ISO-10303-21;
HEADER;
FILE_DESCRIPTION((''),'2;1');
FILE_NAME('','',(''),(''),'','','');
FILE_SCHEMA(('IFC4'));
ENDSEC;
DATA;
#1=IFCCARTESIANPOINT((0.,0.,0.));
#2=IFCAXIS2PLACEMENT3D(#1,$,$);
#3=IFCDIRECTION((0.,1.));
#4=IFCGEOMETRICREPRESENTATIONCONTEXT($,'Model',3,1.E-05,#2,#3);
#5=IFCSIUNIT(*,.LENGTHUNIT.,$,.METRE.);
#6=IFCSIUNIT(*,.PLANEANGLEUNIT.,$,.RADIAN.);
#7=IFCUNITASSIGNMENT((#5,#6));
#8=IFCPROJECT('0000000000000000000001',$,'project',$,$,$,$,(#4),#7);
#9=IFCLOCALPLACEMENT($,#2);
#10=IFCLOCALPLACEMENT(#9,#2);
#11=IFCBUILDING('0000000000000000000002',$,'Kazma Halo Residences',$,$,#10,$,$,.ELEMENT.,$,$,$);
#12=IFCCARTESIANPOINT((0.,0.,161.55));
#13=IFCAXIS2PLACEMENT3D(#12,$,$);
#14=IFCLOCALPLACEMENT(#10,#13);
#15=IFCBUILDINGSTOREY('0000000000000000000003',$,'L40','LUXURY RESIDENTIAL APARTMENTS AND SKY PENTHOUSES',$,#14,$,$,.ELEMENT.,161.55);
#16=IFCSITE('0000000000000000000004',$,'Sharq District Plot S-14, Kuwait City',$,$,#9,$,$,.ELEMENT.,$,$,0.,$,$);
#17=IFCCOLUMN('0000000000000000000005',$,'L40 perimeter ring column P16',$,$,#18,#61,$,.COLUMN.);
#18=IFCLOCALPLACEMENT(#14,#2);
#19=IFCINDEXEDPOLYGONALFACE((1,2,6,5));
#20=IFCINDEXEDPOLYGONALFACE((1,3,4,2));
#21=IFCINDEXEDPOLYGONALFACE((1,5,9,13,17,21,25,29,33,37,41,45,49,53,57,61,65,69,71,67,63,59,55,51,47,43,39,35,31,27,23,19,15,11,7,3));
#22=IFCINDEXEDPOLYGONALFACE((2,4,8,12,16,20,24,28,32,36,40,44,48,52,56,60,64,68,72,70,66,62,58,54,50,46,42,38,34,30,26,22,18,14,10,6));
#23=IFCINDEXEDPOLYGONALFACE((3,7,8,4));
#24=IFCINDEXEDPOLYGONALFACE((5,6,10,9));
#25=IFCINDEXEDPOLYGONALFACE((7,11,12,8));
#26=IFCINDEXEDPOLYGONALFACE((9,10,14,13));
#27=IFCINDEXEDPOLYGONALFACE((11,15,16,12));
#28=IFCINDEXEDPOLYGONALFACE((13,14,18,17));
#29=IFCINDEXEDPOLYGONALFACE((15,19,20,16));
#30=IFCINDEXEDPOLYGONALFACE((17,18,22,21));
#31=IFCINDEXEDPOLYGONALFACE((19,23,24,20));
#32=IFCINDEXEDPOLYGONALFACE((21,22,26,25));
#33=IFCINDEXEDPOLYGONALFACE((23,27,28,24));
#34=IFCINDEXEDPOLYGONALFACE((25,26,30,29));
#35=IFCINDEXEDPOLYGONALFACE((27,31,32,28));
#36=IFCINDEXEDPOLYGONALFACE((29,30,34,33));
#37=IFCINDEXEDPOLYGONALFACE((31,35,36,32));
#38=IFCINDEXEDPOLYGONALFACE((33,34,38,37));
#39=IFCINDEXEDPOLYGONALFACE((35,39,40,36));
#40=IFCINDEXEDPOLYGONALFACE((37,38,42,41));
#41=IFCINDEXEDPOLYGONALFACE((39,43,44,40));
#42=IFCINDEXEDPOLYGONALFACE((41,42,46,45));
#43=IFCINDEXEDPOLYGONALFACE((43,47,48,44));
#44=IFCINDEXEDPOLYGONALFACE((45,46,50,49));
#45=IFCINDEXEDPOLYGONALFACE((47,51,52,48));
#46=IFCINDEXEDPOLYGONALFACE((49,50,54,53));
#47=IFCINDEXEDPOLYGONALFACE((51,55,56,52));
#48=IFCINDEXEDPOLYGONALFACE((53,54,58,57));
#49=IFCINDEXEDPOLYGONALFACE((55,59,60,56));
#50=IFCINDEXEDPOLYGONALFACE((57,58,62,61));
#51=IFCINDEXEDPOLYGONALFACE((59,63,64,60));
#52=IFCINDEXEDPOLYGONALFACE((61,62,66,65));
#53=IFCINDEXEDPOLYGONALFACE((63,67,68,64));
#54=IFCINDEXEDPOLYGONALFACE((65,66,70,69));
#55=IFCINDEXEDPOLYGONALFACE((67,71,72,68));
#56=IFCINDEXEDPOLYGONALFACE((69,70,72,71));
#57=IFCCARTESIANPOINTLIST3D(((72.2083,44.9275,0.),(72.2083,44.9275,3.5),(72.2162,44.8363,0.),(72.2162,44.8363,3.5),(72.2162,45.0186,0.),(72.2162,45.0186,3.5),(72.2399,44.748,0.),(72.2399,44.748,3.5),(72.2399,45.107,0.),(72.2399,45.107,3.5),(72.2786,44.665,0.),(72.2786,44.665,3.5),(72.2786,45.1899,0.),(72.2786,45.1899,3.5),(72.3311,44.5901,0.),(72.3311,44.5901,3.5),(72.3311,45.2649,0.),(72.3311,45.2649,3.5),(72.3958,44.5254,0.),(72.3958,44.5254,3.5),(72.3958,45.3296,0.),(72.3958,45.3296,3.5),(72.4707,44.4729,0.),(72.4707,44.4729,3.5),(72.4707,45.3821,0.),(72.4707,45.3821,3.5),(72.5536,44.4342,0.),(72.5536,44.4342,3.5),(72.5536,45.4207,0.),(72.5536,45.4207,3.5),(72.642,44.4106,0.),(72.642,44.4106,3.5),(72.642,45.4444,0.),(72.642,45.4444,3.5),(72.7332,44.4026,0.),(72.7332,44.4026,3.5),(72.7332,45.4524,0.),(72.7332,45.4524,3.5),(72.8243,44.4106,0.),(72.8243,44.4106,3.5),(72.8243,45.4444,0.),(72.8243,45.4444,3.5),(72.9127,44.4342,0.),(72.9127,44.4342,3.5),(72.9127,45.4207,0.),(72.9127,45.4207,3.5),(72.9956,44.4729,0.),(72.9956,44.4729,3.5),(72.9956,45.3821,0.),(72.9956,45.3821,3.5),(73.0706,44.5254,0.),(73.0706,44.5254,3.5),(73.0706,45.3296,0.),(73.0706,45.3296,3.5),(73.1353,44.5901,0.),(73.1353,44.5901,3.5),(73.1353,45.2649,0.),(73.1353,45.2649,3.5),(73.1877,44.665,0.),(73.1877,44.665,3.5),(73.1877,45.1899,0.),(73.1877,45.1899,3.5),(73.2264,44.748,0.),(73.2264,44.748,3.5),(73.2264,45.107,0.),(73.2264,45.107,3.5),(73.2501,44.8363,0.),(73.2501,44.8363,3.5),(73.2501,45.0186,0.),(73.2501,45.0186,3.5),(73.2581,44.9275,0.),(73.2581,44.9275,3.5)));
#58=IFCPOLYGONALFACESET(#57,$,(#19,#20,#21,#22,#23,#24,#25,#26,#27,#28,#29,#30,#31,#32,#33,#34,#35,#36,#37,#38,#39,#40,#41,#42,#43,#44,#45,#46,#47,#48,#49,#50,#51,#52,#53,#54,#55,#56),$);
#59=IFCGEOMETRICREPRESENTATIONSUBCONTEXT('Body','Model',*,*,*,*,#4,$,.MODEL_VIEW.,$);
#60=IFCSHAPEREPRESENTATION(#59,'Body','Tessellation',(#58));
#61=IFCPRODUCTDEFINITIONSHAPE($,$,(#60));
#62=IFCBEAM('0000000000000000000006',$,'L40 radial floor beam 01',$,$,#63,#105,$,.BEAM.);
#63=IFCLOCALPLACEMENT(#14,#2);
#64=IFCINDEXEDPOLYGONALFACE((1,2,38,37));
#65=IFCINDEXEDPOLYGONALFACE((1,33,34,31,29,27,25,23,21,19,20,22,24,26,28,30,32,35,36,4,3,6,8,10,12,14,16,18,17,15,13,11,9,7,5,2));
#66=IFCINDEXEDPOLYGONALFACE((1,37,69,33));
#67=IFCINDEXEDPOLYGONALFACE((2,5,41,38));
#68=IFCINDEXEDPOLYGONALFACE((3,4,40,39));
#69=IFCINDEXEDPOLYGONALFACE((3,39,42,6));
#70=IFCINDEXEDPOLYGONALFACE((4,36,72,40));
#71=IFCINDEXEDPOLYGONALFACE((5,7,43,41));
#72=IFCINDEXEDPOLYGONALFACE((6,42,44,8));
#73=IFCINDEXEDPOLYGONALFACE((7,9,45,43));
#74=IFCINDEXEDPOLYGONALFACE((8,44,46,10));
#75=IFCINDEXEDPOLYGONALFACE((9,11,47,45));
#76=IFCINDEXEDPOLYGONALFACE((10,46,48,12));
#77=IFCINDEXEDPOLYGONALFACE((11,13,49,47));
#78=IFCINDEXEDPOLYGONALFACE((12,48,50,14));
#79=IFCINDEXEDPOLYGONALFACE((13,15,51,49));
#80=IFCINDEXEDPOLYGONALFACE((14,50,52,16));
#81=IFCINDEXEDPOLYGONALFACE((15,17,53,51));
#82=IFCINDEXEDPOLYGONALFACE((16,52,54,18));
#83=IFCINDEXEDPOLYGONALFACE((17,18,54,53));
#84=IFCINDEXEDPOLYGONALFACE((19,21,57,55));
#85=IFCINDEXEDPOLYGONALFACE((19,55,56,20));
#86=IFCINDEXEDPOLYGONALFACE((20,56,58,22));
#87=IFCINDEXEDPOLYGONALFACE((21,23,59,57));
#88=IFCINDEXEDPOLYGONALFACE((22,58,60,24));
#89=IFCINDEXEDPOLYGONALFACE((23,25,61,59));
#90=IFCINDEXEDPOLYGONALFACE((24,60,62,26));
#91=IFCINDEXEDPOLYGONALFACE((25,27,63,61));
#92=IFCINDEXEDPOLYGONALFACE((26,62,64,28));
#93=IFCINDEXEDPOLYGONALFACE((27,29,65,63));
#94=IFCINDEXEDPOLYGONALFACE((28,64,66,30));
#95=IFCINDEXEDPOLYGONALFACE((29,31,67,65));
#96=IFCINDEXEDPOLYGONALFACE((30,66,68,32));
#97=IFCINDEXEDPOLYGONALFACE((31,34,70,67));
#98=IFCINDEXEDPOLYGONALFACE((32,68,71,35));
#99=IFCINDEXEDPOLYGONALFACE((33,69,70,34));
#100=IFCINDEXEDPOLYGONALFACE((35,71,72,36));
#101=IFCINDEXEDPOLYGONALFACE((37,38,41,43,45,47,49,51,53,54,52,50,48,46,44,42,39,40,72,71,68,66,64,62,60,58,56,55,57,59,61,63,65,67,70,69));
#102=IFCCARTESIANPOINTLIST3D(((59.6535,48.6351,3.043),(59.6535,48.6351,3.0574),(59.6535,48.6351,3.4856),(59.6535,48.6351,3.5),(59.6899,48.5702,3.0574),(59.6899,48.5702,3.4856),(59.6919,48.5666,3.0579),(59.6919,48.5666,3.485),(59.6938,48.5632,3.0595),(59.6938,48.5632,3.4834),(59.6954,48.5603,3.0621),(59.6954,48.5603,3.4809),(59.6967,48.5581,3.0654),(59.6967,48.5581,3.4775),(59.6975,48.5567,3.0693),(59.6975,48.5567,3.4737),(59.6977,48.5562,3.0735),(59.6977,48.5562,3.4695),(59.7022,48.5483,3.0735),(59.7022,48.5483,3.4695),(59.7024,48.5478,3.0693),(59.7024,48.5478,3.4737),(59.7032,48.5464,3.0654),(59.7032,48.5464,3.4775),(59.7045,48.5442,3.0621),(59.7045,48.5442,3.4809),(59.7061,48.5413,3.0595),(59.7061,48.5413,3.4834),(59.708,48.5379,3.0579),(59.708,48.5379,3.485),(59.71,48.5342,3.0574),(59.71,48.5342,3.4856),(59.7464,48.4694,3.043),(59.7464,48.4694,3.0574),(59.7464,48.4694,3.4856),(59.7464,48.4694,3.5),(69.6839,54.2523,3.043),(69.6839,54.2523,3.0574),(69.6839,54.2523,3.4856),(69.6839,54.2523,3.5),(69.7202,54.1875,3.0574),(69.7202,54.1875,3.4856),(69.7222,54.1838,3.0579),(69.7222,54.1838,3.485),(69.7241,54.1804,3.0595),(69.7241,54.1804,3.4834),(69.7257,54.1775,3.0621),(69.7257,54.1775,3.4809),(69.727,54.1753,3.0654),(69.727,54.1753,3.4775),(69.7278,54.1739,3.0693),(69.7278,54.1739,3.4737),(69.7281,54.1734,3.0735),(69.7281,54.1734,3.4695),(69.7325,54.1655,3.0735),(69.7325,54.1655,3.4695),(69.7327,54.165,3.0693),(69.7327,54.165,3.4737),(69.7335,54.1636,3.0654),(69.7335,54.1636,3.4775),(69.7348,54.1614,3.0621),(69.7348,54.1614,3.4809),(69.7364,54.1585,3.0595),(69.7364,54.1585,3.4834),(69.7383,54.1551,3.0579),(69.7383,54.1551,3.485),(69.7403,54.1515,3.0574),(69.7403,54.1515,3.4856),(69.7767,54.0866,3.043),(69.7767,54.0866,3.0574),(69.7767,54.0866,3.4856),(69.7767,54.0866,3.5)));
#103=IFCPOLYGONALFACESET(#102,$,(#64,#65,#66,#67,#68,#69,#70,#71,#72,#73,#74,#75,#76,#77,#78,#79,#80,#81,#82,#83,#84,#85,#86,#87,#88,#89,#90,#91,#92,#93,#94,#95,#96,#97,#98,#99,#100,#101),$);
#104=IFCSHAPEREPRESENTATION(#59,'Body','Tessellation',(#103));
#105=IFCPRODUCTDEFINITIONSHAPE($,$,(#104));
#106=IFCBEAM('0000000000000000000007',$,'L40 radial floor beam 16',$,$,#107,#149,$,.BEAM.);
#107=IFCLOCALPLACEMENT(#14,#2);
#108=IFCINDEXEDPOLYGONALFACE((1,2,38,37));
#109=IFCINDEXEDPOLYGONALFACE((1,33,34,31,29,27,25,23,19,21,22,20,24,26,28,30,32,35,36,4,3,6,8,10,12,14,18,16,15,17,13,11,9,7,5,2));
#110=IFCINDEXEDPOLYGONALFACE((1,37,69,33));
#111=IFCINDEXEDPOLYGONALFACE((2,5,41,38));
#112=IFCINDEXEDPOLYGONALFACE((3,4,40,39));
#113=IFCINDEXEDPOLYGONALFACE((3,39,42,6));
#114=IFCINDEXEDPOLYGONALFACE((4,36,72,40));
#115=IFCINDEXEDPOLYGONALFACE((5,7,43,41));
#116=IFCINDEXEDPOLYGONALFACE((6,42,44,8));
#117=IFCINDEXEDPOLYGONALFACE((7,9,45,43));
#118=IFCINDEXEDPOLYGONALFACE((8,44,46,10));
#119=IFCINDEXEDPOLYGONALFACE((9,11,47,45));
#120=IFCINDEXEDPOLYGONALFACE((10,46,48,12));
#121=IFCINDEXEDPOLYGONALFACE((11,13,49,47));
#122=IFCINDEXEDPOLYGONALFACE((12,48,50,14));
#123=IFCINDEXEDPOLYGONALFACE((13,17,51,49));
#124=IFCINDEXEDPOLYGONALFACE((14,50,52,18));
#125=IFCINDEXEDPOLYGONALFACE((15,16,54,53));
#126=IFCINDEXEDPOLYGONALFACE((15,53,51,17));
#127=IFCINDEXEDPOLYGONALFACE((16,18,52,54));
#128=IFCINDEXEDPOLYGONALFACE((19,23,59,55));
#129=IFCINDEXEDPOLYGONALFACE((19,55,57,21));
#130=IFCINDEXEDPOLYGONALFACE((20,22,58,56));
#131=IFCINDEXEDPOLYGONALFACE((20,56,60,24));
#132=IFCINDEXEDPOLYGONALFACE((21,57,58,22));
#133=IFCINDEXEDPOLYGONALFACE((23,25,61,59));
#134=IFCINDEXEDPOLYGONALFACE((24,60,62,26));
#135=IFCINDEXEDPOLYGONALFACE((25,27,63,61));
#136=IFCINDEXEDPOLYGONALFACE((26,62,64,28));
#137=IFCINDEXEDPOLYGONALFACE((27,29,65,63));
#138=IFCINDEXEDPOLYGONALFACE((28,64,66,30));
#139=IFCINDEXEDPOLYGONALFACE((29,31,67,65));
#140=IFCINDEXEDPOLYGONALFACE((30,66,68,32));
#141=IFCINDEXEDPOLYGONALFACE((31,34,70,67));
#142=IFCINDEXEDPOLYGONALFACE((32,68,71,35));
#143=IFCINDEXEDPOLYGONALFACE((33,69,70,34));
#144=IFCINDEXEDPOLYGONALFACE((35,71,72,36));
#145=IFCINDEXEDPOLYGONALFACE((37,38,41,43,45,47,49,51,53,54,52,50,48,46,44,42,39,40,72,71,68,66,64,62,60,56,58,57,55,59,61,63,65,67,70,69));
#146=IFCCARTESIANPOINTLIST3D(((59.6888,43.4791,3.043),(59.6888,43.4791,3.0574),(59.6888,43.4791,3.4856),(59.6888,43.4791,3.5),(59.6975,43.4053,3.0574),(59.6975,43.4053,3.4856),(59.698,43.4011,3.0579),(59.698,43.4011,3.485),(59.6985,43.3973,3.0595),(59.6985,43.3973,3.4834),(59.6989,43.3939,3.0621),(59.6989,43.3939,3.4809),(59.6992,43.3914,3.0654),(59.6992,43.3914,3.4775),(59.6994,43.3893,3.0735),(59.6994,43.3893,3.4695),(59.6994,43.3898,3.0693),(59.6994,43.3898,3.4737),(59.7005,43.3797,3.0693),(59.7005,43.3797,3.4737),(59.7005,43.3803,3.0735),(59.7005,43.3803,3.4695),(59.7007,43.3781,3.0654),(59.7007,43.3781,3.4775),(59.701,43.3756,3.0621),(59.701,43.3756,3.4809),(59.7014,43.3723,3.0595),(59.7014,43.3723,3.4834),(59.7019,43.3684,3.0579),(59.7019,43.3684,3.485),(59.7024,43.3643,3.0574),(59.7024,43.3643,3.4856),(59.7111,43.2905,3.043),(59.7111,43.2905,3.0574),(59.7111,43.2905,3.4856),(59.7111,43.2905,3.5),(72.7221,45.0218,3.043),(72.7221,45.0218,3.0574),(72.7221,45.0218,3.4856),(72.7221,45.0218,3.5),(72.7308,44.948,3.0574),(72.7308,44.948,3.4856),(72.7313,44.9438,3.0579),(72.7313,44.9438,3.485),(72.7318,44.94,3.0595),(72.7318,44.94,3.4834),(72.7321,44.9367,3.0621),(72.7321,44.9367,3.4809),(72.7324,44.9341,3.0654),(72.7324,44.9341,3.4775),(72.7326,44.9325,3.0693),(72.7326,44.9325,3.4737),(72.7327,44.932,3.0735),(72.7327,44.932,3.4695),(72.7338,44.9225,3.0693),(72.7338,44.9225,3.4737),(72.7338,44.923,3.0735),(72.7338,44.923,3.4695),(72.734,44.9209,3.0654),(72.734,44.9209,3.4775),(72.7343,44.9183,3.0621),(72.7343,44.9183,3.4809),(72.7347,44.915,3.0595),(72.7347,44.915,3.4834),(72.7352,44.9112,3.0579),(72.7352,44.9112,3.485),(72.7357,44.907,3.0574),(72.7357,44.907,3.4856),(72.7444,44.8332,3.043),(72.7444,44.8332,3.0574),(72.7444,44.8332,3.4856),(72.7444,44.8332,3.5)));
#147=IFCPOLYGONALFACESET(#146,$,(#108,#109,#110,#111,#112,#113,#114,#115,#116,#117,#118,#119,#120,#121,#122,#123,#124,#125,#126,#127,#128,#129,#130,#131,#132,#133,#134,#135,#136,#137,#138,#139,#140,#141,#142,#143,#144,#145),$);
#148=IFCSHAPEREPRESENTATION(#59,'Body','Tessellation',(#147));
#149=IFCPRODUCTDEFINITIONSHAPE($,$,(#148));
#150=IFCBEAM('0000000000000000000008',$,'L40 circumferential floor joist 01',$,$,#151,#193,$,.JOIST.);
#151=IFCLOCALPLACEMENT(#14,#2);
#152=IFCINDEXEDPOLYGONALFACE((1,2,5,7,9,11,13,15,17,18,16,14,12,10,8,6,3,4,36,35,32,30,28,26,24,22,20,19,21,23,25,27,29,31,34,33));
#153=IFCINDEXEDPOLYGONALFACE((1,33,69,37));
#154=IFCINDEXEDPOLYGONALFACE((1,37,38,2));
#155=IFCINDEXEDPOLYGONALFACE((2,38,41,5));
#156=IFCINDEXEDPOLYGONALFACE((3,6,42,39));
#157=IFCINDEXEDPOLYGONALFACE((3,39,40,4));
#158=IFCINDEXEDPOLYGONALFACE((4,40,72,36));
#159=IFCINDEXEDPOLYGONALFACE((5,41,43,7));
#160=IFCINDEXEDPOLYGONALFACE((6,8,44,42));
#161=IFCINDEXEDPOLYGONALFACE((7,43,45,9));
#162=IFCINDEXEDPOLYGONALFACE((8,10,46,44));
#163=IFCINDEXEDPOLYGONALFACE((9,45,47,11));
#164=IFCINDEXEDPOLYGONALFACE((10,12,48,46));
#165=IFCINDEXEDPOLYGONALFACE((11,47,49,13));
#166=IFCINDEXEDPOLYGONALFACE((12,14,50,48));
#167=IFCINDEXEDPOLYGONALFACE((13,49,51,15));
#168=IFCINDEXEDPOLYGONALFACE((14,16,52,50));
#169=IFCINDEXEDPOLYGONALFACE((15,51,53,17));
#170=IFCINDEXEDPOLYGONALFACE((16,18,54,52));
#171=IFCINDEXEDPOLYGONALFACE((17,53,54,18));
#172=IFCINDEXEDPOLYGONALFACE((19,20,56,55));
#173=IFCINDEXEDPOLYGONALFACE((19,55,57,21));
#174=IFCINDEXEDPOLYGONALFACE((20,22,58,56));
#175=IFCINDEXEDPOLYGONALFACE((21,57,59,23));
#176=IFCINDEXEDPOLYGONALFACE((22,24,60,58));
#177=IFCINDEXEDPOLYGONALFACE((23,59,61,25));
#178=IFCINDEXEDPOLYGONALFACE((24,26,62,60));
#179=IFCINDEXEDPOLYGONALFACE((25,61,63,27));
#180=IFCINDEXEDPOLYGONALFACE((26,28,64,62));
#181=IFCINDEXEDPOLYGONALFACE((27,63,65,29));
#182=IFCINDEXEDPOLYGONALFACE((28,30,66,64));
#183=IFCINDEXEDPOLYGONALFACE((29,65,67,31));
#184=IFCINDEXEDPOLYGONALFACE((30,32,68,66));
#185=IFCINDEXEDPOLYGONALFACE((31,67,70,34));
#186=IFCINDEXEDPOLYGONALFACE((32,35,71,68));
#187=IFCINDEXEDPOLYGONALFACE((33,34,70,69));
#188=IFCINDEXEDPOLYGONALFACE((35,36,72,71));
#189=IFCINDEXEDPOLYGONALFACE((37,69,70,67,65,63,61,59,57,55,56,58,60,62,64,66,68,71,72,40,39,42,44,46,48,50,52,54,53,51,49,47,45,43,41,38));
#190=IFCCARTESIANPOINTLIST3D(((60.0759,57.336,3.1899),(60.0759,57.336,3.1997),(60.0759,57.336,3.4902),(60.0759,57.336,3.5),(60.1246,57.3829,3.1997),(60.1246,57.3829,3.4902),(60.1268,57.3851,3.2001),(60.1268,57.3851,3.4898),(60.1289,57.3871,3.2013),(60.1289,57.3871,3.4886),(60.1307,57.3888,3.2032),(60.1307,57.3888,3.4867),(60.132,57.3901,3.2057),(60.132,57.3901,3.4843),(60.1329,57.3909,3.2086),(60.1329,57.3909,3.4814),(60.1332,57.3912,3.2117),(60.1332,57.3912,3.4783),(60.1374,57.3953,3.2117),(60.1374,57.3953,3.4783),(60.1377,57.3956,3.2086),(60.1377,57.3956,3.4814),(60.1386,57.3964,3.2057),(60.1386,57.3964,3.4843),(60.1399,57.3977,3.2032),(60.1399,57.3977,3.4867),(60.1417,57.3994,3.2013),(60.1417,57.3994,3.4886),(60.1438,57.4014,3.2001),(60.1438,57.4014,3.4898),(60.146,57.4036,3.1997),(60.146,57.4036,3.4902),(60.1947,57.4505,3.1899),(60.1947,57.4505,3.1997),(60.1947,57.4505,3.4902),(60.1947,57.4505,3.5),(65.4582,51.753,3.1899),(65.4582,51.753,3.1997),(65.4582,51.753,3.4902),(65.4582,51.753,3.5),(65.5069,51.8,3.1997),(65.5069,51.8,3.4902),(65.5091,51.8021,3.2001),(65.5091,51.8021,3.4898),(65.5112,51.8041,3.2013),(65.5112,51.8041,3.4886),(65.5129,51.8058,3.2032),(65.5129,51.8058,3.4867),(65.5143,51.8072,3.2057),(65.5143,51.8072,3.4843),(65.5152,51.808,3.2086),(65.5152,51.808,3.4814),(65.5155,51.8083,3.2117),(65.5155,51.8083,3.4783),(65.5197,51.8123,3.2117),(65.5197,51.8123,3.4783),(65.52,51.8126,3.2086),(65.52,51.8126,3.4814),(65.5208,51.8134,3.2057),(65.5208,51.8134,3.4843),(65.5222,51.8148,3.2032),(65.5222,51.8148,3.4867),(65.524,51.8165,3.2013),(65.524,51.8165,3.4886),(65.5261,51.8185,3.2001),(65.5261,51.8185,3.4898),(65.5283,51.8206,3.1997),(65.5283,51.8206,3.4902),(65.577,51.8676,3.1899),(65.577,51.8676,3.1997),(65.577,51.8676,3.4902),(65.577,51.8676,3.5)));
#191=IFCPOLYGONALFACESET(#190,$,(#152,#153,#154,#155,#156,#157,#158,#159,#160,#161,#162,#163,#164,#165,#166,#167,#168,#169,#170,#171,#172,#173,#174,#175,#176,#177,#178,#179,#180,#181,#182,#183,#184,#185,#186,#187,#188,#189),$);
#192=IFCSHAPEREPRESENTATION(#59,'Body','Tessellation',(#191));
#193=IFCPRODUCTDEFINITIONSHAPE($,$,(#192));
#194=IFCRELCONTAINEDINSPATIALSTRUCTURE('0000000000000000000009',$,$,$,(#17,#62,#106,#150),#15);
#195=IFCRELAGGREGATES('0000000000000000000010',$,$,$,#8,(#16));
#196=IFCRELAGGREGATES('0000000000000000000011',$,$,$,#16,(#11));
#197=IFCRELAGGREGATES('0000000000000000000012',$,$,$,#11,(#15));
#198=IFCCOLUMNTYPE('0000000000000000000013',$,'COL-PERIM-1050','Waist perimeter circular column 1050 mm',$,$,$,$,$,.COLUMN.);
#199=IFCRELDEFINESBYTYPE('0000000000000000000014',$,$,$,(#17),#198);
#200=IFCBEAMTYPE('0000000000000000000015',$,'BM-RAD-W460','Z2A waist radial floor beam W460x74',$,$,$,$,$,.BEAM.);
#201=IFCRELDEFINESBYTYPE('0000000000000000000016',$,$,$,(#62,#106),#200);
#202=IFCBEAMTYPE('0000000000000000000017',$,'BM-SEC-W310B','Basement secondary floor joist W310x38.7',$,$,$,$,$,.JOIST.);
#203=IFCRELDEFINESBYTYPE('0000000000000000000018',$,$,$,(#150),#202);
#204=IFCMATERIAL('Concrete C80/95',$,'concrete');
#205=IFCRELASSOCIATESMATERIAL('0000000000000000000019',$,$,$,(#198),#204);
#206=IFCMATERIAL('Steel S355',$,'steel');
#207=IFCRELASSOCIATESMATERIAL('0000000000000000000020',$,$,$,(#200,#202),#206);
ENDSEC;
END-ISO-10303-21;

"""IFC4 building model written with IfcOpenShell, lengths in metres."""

from ifc_helpers import new_model, si_unit, direction, frame, origin, origin_2d, place, context, subcontext, project, spatial, circle, i_section, extrude, material, material_profile, profile_set, type_object, element, save


model = new_model("IFC4")

# Units and contexts
model_context = context("Model", 3, precision=1e-05, world=origin(), true_north=direction((0.0, 1.0)))
body_context = subcontext(model_context, "Body", "Model", "MODEL_VIEW")
ifc_project = project(units=[si_unit("LENGTHUNIT", "METRE"), si_unit("PLANEANGLEUNIT", "RADIAN")], contexts=[model_context])

# Site, building, storey
site_placement = place(None, origin())
site = spatial("IfcSite", under=ifc_project, at=site_placement, Name="Sharq District Plot S-14, Kuwait City", CompositionType="ELEMENT", RefElevation=0.0)
building_placement = place(site_placement, origin())
building = spatial("IfcBuilding", under=site, at=building_placement, Name="Kazma Halo Residences", CompositionType="ELEMENT")
storey_placement = place(building_placement, frame((0.0, 0.0, 161.55)))
storey = spatial("IfcBuildingStorey", under=building, at=storey_placement, Name="L40", Description="LUXURY RESIDENTIAL APARTMENTS AND SKY PENTHOUSES", CompositionType="ELEMENT", Elevation=161.55)

# Column
ifc_material_1 = material(Name="Concrete C80/95", Category="concrete")
ifc_material_profile_1 = material_profile(ifc_material_1, circle(Radius=0.5249, at=origin_2d()), Name="CIRC1050")
ifc_profile_set_1 = profile_set([ifc_material_profile_1], Name="Concrete C80/95")
column_type = type_object("IfcColumnType", Name="COL-PERIM-1050", Description="Waist perimeter circular column 1050 mm", PredefinedType="COLUMN", material=ifc_profile_set_1)
column_placement = place(storey_placement, frame((72.7332, 44.9275, 0.0), z_axis=(0.0, 0.0, 1.0), x_axis=(1.0, 0.0, 0.0)))
element("IfcColumn", 1, at=column_placement, inside=storey, type_object=column_type, Name="L40 perimeter ring column P16", PredefinedType="COLUMN", context=body_context, shape_type="SweptSolid", body=[
    extrude(circle(Radius=0.5249, at=origin_2d()), origin(), (0.0, 0.0, 1.0), 3.5),
])

# Beams
ifc_material_2 = material(Name="Steel S355", Category="steel")
ifc_material_profile_2 = material_profile(ifc_material_2, i_section(OverallWidth=0.1899, OverallDepth=0.457, WebThickness=0.009, FlangeThickness=0.0144, FilletRadius=0.0161, at=origin_2d()), Name="W460x74")
ifc_profile_set_2 = profile_set([ifc_material_profile_2], Name="Steel S355")
beam_type_1 = type_object("IfcBeamType", Name="BM-RAD-W460", Description="Z2A waist radial floor beam W460x74", PredefinedType="BEAM", material=ifc_profile_set_2)
beam_1_placement = place(storey_placement, frame((59.7, 48.5522, 3.2715), z_axis=(0.872497, 0.488619, 0.0), x_axis=(-0.488619, 0.872497, 0.0)))
element("IfcBeam", 2, at=beam_1_placement, inside=storey, type_object=beam_type_1, Name="L40 radial floor beam 01", PredefinedType="BEAM", context=body_context, shape_type="SweptSolid", body=[
    extrude(i_section(OverallWidth=0.1899, OverallDepth=0.457, WebThickness=0.009, FlangeThickness=0.0144, FilletRadius=0.0161, at=origin_2d()), origin(), (0.0, 0.0, 1.0), 11.4961),
])
beam_2_placement = place(storey_placement, frame((59.7, 43.3848, 3.2715), z_axis=(0.993067, 0.117548, 0.0), x_axis=(-0.117548, 0.993067, 0.0)))
element("IfcBeam", 3, at=beam_2_placement, inside=storey, type_object=beam_type_1, Name="L40 radial floor beam 16", PredefinedType="BEAM", context=body_context, shape_type="SweptSolid", body=[
    extrude(i_section(OverallWidth=0.1899, OverallDepth=0.457, WebThickness=0.009, FlangeThickness=0.0144, FilletRadius=0.0161, at=origin_2d()), origin(), (0.0, 0.0, 1.0), 13.1243),
])
ifc_material_profile_3 = material_profile(ifc_material_2, i_section(OverallWidth=0.165, OverallDepth=0.3101, WebThickness=0.0059, FlangeThickness=0.0098, FilletRadius=0.012, at=origin_2d()), Name="W310x38.7")
ifc_profile_set_3 = profile_set([ifc_material_profile_3], Name="Steel S355")
beam_type_2 = type_object("IfcBeamType", Name="BM-SEC-W310B", Description="Basement secondary floor joist W310x38.7", PredefinedType="JOIST", material=ifc_profile_set_3)
beam_3_placement = place(storey_placement, frame((65.5176, 51.8103, 3.345), z_axis=(-0.694049, 0.719927, 0.0), x_axis=(-0.719927, -0.694049, 0.0)))
element("IfcBeam", 4, at=beam_3_placement, inside=storey, type_object=beam_type_2, Name="L40 circumferential floor joist 01", PredefinedType="JOIST", context=body_context, shape_type="SweptSolid", body=[
    extrude(i_section(OverallWidth=0.165, OverallDepth=0.3101, WebThickness=0.0059, FlangeThickness=0.0098, FilletRadius=0.012, at=origin_2d()), origin(), (0.0, 0.0, 1.0), 7.7549),
])

save(model, "model.ifc")
